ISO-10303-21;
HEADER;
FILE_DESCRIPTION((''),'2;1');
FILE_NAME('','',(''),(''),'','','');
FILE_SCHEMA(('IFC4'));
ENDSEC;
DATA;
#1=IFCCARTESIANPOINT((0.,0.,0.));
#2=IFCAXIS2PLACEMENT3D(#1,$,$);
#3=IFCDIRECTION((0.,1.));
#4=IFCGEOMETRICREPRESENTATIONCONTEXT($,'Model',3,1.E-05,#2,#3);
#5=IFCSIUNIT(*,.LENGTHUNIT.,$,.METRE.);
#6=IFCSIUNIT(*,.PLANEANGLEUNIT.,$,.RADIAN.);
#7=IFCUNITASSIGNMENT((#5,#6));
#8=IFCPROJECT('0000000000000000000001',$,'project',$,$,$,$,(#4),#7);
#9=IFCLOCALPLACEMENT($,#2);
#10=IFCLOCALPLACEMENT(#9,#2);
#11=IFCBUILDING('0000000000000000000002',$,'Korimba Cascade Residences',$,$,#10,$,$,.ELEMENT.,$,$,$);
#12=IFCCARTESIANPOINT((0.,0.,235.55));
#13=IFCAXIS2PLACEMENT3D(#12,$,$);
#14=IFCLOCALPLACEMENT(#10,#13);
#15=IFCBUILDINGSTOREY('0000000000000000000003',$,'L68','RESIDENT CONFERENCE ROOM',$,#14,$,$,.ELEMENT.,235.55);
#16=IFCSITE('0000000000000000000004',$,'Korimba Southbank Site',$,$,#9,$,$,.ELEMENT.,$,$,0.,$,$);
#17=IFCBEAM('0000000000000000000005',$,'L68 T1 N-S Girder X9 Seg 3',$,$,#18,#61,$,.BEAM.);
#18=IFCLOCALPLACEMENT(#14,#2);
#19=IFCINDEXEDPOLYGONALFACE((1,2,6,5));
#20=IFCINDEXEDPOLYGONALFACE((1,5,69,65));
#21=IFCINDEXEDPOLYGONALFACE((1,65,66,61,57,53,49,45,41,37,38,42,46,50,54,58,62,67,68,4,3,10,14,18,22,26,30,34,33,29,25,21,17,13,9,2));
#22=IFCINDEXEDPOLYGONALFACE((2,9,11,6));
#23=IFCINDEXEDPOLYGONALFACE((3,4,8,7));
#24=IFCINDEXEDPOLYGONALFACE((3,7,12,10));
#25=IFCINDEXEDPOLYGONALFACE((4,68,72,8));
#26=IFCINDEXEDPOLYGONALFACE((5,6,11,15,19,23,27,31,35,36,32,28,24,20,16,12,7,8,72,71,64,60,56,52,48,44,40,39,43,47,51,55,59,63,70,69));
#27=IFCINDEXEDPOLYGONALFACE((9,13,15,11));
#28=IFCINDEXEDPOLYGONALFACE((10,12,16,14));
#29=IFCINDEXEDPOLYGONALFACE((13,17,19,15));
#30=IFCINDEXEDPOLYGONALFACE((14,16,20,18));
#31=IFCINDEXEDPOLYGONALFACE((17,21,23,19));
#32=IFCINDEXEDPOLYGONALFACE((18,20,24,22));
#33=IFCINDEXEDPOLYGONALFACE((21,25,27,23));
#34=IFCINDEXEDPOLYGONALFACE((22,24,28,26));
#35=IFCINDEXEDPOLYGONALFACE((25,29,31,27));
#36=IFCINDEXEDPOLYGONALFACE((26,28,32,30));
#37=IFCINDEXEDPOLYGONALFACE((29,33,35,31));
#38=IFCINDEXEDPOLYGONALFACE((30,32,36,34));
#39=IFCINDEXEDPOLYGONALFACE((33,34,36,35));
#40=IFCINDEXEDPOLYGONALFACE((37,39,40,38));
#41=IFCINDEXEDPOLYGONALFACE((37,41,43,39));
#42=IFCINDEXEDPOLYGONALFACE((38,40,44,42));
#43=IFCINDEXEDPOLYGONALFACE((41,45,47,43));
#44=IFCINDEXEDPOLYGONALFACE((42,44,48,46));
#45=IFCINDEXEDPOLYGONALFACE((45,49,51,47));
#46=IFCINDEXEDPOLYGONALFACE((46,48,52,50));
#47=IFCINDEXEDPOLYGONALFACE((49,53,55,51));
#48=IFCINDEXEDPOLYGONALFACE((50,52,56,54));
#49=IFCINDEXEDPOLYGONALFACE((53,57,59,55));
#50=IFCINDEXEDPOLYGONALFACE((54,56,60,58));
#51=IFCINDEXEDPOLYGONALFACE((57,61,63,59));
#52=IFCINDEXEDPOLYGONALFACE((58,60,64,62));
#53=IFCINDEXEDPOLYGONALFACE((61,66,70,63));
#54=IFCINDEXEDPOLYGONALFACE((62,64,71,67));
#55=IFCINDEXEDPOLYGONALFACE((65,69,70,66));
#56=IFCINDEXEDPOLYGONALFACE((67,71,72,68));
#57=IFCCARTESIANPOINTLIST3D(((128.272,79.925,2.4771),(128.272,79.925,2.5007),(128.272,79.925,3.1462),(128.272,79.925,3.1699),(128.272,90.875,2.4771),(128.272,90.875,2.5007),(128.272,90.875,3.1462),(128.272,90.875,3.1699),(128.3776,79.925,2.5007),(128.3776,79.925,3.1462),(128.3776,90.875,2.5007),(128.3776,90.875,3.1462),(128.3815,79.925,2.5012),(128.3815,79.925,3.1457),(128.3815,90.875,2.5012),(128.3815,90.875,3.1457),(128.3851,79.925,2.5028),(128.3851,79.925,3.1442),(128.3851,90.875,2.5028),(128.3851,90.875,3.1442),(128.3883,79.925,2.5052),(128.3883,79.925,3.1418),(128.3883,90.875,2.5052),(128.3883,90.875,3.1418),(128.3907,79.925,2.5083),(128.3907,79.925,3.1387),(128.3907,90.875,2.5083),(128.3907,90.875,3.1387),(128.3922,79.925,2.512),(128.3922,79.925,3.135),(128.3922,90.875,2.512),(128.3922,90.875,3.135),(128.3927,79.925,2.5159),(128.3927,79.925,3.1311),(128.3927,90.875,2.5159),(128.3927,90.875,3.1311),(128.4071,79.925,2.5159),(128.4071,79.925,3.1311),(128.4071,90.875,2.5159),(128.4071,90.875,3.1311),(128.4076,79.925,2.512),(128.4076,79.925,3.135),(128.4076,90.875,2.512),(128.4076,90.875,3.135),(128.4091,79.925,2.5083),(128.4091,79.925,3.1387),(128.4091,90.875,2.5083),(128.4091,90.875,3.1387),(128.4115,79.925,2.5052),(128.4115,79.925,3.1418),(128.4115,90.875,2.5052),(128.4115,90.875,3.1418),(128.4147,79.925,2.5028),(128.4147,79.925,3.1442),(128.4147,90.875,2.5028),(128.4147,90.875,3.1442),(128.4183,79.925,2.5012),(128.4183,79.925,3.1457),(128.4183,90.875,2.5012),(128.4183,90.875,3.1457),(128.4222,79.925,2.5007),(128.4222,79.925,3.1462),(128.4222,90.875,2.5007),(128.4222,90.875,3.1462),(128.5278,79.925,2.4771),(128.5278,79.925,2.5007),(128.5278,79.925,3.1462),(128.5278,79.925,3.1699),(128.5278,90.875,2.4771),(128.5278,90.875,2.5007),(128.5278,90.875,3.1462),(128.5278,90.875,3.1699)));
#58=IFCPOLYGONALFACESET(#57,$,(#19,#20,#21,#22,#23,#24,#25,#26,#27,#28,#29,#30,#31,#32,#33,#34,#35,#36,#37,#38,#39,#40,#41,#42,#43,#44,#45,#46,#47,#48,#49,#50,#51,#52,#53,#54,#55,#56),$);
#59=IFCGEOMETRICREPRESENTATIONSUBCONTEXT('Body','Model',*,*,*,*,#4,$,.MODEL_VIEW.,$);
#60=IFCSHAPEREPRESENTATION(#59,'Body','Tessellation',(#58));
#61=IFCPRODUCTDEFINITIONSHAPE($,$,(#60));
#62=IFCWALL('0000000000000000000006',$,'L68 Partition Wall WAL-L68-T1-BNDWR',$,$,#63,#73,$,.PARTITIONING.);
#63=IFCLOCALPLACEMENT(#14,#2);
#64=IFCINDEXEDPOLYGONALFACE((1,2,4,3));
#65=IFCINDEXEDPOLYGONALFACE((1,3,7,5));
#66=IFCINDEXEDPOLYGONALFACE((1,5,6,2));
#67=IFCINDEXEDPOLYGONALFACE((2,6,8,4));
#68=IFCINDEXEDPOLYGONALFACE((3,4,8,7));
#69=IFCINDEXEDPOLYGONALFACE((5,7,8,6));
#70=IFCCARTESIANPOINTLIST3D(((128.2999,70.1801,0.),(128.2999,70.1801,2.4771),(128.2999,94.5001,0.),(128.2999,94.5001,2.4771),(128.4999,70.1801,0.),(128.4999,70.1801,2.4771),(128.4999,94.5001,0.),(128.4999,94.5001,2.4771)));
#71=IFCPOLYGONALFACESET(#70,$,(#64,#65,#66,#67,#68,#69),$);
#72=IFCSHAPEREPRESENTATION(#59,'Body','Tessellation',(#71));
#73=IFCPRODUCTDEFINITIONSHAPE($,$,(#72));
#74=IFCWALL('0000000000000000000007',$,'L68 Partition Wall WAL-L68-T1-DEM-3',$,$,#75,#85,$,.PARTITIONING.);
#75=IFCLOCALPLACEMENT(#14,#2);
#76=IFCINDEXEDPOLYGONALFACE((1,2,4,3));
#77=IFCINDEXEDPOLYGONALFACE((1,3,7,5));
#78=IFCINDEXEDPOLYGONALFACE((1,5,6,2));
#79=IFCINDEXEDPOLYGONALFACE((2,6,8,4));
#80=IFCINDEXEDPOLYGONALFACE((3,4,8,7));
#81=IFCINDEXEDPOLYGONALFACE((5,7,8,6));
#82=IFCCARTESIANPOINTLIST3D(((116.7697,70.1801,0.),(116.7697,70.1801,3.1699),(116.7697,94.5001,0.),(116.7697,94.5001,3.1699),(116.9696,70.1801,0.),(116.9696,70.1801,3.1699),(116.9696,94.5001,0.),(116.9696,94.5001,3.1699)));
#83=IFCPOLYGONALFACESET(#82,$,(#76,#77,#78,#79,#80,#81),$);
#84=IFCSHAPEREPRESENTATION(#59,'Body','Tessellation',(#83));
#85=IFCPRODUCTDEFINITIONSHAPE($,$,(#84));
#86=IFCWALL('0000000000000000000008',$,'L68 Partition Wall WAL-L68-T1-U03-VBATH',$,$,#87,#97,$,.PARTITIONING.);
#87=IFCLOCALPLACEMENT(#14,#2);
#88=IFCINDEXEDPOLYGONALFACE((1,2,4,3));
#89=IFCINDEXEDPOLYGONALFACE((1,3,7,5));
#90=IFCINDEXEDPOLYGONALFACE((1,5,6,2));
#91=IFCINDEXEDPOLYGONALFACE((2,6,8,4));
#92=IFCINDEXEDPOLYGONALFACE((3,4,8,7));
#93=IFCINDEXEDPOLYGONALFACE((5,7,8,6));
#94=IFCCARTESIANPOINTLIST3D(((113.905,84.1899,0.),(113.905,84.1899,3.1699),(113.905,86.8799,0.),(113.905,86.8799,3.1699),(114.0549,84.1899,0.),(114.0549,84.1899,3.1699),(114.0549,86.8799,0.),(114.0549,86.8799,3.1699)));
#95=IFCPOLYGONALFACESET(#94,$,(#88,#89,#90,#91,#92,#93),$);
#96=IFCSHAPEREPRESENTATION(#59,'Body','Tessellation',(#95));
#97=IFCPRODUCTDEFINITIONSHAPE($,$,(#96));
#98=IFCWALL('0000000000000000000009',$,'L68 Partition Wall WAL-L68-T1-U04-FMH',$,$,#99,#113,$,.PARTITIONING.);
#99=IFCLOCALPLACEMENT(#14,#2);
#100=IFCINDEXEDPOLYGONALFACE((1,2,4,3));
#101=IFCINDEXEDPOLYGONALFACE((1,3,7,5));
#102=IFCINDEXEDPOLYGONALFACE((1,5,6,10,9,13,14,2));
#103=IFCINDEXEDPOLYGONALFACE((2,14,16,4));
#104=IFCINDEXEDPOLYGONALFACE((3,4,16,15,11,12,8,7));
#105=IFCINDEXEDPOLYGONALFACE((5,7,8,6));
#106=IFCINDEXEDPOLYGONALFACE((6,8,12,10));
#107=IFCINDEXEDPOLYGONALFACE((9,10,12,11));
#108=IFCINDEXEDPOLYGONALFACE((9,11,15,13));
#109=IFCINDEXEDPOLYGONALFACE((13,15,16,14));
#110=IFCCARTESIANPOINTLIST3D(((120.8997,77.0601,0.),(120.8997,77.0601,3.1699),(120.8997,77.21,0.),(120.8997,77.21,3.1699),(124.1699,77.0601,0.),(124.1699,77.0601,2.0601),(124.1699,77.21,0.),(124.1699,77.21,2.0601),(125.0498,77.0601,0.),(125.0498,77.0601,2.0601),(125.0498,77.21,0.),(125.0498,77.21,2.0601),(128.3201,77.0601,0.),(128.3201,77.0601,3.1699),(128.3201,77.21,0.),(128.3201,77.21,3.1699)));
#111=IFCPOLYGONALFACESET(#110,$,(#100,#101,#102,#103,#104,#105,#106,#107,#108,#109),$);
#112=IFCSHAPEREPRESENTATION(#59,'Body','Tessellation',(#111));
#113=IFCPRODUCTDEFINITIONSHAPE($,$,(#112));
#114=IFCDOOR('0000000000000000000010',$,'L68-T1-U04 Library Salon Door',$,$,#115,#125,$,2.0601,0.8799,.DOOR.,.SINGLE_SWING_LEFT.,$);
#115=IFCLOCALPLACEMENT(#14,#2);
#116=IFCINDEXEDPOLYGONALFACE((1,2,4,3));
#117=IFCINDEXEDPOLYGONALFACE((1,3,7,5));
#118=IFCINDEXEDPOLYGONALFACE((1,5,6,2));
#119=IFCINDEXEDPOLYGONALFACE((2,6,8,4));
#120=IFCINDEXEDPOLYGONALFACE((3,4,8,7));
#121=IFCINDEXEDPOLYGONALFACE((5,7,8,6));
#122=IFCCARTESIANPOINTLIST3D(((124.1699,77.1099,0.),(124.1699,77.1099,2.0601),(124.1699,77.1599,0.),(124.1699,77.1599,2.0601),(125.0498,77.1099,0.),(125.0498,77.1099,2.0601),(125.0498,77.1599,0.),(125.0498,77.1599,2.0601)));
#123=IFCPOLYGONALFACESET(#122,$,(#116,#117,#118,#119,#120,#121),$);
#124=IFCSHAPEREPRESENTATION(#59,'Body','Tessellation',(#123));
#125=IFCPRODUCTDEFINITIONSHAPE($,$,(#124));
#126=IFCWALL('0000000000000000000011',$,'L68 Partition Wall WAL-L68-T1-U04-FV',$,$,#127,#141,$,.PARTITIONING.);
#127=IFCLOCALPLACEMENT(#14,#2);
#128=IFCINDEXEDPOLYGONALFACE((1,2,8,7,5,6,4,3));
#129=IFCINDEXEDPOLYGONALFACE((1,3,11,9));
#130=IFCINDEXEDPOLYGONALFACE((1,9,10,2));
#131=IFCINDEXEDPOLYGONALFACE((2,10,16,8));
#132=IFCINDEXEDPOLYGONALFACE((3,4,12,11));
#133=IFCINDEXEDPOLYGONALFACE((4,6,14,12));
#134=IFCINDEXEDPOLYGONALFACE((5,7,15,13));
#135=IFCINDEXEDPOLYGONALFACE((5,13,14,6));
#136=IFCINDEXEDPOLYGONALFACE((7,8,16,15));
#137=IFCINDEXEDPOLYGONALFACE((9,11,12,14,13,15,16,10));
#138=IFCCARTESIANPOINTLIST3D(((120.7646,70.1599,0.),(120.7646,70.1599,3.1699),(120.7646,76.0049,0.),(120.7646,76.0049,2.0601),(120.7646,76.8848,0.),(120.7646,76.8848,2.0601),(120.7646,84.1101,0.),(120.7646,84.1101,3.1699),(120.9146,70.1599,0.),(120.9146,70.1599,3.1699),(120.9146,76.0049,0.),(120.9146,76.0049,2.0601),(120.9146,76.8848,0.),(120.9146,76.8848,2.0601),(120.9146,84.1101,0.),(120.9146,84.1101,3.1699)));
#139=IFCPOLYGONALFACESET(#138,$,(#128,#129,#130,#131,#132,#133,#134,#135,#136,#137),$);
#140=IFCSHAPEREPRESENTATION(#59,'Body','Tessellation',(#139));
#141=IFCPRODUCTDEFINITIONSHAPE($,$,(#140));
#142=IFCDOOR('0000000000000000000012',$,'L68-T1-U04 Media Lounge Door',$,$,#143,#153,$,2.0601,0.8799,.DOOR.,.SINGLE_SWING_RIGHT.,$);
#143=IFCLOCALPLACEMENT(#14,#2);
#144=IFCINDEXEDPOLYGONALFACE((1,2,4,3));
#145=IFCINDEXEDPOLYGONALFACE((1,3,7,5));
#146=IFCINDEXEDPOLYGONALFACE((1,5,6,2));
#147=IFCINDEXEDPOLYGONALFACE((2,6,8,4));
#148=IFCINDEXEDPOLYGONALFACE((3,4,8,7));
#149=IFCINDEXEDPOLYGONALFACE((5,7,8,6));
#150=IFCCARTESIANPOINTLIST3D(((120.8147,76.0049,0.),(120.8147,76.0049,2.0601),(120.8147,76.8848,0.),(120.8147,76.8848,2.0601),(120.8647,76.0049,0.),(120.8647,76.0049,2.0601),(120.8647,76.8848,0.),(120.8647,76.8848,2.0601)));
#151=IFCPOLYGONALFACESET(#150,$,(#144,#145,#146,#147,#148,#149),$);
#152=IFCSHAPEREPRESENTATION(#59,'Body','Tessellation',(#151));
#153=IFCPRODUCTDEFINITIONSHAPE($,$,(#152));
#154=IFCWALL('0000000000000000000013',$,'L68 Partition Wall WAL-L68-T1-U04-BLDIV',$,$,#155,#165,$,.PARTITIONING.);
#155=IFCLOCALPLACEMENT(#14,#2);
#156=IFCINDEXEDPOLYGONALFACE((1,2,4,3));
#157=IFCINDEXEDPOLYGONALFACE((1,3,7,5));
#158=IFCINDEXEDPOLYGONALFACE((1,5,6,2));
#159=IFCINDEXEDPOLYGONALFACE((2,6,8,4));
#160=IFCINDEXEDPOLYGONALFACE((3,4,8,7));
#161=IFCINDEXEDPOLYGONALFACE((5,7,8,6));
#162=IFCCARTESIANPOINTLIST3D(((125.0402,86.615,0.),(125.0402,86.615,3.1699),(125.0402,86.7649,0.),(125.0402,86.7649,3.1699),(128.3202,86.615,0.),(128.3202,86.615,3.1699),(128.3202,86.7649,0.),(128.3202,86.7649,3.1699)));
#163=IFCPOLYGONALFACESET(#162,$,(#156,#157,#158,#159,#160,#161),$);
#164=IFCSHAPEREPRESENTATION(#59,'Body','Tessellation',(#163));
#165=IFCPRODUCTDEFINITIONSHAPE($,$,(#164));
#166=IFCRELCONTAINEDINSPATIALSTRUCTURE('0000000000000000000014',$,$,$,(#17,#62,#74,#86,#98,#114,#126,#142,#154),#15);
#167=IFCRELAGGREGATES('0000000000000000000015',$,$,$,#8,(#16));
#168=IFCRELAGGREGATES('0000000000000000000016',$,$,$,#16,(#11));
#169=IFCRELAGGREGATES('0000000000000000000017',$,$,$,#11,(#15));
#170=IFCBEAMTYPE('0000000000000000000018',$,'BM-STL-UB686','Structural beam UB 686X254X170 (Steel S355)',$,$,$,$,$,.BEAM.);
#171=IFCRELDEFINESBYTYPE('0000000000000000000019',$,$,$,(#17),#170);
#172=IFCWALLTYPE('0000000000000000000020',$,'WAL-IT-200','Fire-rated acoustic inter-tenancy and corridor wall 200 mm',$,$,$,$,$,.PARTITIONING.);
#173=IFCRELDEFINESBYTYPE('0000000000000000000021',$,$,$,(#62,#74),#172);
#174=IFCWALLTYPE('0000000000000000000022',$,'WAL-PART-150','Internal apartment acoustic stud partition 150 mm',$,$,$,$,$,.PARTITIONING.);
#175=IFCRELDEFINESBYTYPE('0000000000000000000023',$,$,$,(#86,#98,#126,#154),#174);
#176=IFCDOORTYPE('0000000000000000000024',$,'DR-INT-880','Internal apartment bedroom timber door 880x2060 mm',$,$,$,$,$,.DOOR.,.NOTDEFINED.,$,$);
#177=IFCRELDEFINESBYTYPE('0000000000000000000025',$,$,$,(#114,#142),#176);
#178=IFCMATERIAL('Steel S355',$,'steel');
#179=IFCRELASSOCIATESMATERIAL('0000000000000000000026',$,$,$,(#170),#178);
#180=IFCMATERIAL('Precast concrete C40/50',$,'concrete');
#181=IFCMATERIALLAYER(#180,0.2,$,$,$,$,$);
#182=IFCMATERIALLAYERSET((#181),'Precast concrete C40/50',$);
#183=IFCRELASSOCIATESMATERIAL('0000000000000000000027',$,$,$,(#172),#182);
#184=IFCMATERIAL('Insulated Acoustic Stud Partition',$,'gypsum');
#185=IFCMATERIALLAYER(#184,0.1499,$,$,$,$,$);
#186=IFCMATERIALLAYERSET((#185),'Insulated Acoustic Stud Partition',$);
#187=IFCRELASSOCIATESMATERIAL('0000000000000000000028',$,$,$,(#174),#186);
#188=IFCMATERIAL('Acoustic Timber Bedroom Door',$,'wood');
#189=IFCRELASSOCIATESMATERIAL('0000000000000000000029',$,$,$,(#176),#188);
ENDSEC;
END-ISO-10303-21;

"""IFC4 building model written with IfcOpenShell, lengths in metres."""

from ifc_helpers import new_model, si_unit, direction, frame, frame_2d, origin, origin_2d, place, context, subcontext, project, spatial, rectangle, i_section, extrude, material, layer, layer_set, material_profile, profile_set, type_object, element, fill, save


model = new_model("IFC4")

# Units and contexts
model_context = context("Model", 3, precision=1e-05, world=origin(), true_north=direction((0.0, 1.0)))
body_context = subcontext(model_context, "Body", "Model", "MODEL_VIEW")
ifc_project = project(units=[si_unit("LENGTHUNIT", "METRE"), si_unit("PLANEANGLEUNIT", "RADIAN")], contexts=[model_context])

# Site, building, storey
site_placement = place(None, origin())
site = spatial("IfcSite", under=ifc_project, at=site_placement, Name="Korimba Southbank Site", CompositionType="ELEMENT", RefElevation=0.0)
building_placement = place(site_placement, origin())
building = spatial("IfcBuilding", under=site, at=building_placement, Name="Korimba Cascade Residences", CompositionType="ELEMENT")
storey_placement = place(building_placement, frame((0.0, 0.0, 235.55)))
storey = spatial("IfcBuildingStorey", under=building, at=storey_placement, Name="L68", Description="RESIDENT CONFERENCE ROOM", CompositionType="ELEMENT", Elevation=235.55)

# Beam
ifc_material_1 = material(Name="Steel S355", Category="steel")
ifc_material_profile_1 = material_profile(ifc_material_1, i_section(OverallWidth=0.2559, OverallDepth=0.6929, WebThickness=0.0144, FlangeThickness=0.0237, FilletRadius=0.0151, at=origin_2d()), Name="Steel S355")
ifc_profile_set_1 = profile_set([ifc_material_profile_1], Name="Steel S355")
beam_type_1 = type_object("IfcBeamType", Name="BM-STL-UB686", Description="Structural beam UB 686X254X170 (Steel S355)", PredefinedType="BEAM", material=ifc_profile_set_1)
for number, where, z_axis, x_axis, name in (
    (1, (128.3999, 79.925, 2.8235), (0.0, 1.0, 0.0), (-1.0, 0.0, 0.0), "L68 T1 N-S Girder X9 Seg 3"),
):
    element("IfcBeam", number, at=place(storey_placement, frame(where, z_axis=z_axis, x_axis=x_axis)), inside=storey, type_object=beam_type_1, Name=name, PredefinedType="BEAM", context=body_context, shape_type="SweptSolid", body=[
        extrude(i_section(OverallWidth=0.2559, OverallDepth=0.6929, WebThickness=0.0144, FlangeThickness=0.0237, FilletRadius=0.0151, at=origin_2d()), origin(), (0.0, 0.0, 1.0), 10.95),
    ])

# Walls
ifc_material_2 = material(Name="Precast concrete C40/50", Category="concrete")
ifc_layer_1 = layer(ifc_material_2, 0.2)
ifc_layer_set_1 = layer_set([ifc_layer_1], Name="Precast concrete C40/50")
wall_type_1 = type_object("IfcWallType", Name="WAL-IT-200", Description="Fire-rated acoustic inter-tenancy and corridor wall 200 mm", PredefinedType="PARTITIONING", material=ifc_layer_set_1)
wall_1_placement = place(storey_placement, frame((128.3999, 70.1799, 0.0), z_axis=(0.0, 0.0, 1.0), x_axis=(0.0, 1.0, 0.0)))
element("IfcWall", 2, at=wall_1_placement, inside=storey, type_object=wall_type_1, Name="L68 Partition Wall WAL-L68-T1-BNDWR", PredefinedType="PARTITIONING", context=body_context, shape_type="SweptSolid", body=[
    extrude(rectangle(XDim=24.3201, YDim=0.2, at=frame_2d((12.1602, 0.0))), origin(), (0.0, 0.0, 1.0), 2.4771),
])
wall_2_placement = place(storey_placement, frame((116.8696, 70.1799, 0.0), z_axis=(0.0, 0.0, 1.0), x_axis=(0.0, 1.0, 0.0)))
element("IfcWall", 3, at=wall_2_placement, inside=storey, type_object=wall_type_1, Name="L68 Partition Wall WAL-L68-T1-DEM-3", PredefinedType="PARTITIONING", context=body_context, shape_type="SweptSolid", body=[
    extrude(rectangle(XDim=24.3201, YDim=0.2, at=frame_2d((12.1602, 0.0))), origin(), (0.0, 0.0, 1.0), 3.1699),
])
ifc_material_3 = material(Name="Insulated Acoustic Stud Partition", Category="gypsum")
ifc_layer_2 = layer(ifc_material_3, 0.1499)
ifc_layer_set_2 = layer_set([ifc_layer_2], Name="Insulated Acoustic Stud Partition")
wall_type_2 = type_object("IfcWallType", Name="WAL-PART-150", Description="Internal apartment acoustic stud partition 150 mm", PredefinedType="PARTITIONING", material=ifc_layer_set_2)
wall_3_placement = place(storey_placement, frame((113.98, 84.1899, 0.0), z_axis=(0.0, 0.0, 1.0), x_axis=(0.0, 1.0, 0.0)))
element("IfcWall", 4, at=wall_3_placement, inside=storey, type_object=wall_type_2, Name="L68 Partition Wall WAL-L68-T1-U03-VBATH", PredefinedType="PARTITIONING", context=body_context, shape_type="SweptSolid", body=[
    extrude(rectangle(XDim=2.6899, YDim=0.1499, at=frame_2d((1.345, 0.0))), origin(), (0.0, 0.0, 1.0), 3.1699),
])

# Walls, openings, doors
wall_4_placement = place(storey_placement, frame((120.8997, 77.135, 0.0), z_axis=(0.0, 0.0, 1.0), x_axis=(1.0, 0.0, 0.0)))
wall_4 = element("IfcWall", 5, at=wall_4_placement, inside=storey, type_object=wall_type_2, Name="L68 Partition Wall WAL-L68-T1-U04-FMH", PredefinedType="PARTITIONING", context=body_context, shape_type="SweptSolid", body=[
    extrude(rectangle(XDim=7.4204, YDim=0.1499, at=frame_2d((3.7102, 0.0))), origin(), (0.0, 0.0, 1.0), 3.1699),
])
opening_1_placement = place(wall_4_placement, frame((3.2703, 0.0, 0.0)))
opening_1 = element("IfcOpeningElement", 6, at=opening_1_placement, cuts=wall_4, PredefinedType="OPENING", context=body_context, shape_type="SweptSolid", body=[
    extrude(rectangle(XDim=0.8799, YDim=2.0601, at=frame_2d((0.4399, 1.03))), frame((0.0, 0.085, 0.0), z_axis=(0.0, -1.0, 0.0), x_axis=(1.0, 0.0, 0.0)), (0.0, 0.0, 1.0), 0.1699),
])
ifc_material_4 = material(Name="Acoustic Timber Bedroom Door", Category="wood")
door_type_1 = type_object("IfcDoorType", Name="DR-INT-880", Description="Internal apartment bedroom timber door 880x2060 mm", OperationType="NOTDEFINED", PredefinedType="DOOR", material=ifc_material_4)
door_1_placement = place(opening_1_placement, origin())
door_1 = element("IfcDoor", 7, at=door_1_placement, inside=storey, type_object=door_type_1, Name="L68-T1-U04 Library Salon Door", OperationType="SINGLE_SWING_LEFT", OverallHeight=2.0601, OverallWidth=0.8799, PredefinedType="DOOR", context=body_context, shape_type="SweptSolid", body=[
    extrude(rectangle(XDim=0.8799, YDim=2.0601, at=frame_2d((0.4399, 1.03))), frame((0.0, 0.0249, 0.0), z_axis=(0.0, -1.0, 0.0), x_axis=(1.0, 0.0, 0.0)), (0.0, 0.0, 1.0), 0.05),
])
fill(opening_1, door_1)
wall_5_placement = place(storey_placement, frame((120.8396, 70.1599, 0.0), z_axis=(0.0, 0.0, 1.0), x_axis=(0.0, 1.0, 0.0)))
wall_5 = element("IfcWall", 8, at=wall_5_placement, inside=storey, type_object=wall_type_2, Name="L68 Partition Wall WAL-L68-T1-U04-FV", PredefinedType="PARTITIONING", context=body_context, shape_type="SweptSolid", body=[
    extrude(rectangle(XDim=13.9502, YDim=0.1499, at=frame_2d((6.9751, 0.0))), origin(), (0.0, 0.0, 1.0), 3.1699),
])
opening_2_placement = place(wall_5_placement, frame((5.845, 0.0, 0.0)))
opening_2 = element("IfcOpeningElement", 9, at=opening_2_placement, cuts=wall_5, PredefinedType="OPENING", context=body_context, shape_type="SweptSolid", body=[
    extrude(rectangle(XDim=0.8799, YDim=2.0601, at=frame_2d((0.4399, 1.03))), frame((0.0, 0.085, 0.0), z_axis=(0.0, -1.0, 0.0), x_axis=(1.0, 0.0, 0.0)), (0.0, 0.0, 1.0), 0.1699),
])
door_2_placement = place(opening_2_placement, origin())
door_2 = element("IfcDoor", 10, at=door_2_placement, inside=storey, type_object=door_type_1, Name="L68-T1-U04 Media Lounge Door", OperationType="SINGLE_SWING_RIGHT", OverallHeight=2.0601, OverallWidth=0.8799, PredefinedType="DOOR", context=body_context, shape_type="SweptSolid", body=[
    extrude(rectangle(XDim=0.8799, YDim=2.0601, at=frame_2d((0.4399, 1.03))), frame((0.0, 0.0249, 0.0), z_axis=(0.0, -1.0, 0.0), x_axis=(1.0, 0.0, 0.0)), (0.0, 0.0, 1.0), 0.05),
])
fill(opening_2, door_2)

# Wall
wall_6_placement = place(storey_placement, frame((125.04, 86.6899, 0.0), z_axis=(0.0, 0.0, 1.0), x_axis=(1.0, 0.0, 0.0)))
element("IfcWall", 11, at=wall_6_placement, inside=storey, type_object=wall_type_2, Name="L68 Partition Wall WAL-L68-T1-U04-BLDIV", PredefinedType="PARTITIONING", context=body_context, shape_type="SweptSolid", body=[
    extrude(rectangle(XDim=3.28, YDim=0.1499, at=frame_2d((1.6401, 0.0))), origin(), (0.0, 0.0, 1.0), 3.1699),
])

save(model, "model.ifc")
